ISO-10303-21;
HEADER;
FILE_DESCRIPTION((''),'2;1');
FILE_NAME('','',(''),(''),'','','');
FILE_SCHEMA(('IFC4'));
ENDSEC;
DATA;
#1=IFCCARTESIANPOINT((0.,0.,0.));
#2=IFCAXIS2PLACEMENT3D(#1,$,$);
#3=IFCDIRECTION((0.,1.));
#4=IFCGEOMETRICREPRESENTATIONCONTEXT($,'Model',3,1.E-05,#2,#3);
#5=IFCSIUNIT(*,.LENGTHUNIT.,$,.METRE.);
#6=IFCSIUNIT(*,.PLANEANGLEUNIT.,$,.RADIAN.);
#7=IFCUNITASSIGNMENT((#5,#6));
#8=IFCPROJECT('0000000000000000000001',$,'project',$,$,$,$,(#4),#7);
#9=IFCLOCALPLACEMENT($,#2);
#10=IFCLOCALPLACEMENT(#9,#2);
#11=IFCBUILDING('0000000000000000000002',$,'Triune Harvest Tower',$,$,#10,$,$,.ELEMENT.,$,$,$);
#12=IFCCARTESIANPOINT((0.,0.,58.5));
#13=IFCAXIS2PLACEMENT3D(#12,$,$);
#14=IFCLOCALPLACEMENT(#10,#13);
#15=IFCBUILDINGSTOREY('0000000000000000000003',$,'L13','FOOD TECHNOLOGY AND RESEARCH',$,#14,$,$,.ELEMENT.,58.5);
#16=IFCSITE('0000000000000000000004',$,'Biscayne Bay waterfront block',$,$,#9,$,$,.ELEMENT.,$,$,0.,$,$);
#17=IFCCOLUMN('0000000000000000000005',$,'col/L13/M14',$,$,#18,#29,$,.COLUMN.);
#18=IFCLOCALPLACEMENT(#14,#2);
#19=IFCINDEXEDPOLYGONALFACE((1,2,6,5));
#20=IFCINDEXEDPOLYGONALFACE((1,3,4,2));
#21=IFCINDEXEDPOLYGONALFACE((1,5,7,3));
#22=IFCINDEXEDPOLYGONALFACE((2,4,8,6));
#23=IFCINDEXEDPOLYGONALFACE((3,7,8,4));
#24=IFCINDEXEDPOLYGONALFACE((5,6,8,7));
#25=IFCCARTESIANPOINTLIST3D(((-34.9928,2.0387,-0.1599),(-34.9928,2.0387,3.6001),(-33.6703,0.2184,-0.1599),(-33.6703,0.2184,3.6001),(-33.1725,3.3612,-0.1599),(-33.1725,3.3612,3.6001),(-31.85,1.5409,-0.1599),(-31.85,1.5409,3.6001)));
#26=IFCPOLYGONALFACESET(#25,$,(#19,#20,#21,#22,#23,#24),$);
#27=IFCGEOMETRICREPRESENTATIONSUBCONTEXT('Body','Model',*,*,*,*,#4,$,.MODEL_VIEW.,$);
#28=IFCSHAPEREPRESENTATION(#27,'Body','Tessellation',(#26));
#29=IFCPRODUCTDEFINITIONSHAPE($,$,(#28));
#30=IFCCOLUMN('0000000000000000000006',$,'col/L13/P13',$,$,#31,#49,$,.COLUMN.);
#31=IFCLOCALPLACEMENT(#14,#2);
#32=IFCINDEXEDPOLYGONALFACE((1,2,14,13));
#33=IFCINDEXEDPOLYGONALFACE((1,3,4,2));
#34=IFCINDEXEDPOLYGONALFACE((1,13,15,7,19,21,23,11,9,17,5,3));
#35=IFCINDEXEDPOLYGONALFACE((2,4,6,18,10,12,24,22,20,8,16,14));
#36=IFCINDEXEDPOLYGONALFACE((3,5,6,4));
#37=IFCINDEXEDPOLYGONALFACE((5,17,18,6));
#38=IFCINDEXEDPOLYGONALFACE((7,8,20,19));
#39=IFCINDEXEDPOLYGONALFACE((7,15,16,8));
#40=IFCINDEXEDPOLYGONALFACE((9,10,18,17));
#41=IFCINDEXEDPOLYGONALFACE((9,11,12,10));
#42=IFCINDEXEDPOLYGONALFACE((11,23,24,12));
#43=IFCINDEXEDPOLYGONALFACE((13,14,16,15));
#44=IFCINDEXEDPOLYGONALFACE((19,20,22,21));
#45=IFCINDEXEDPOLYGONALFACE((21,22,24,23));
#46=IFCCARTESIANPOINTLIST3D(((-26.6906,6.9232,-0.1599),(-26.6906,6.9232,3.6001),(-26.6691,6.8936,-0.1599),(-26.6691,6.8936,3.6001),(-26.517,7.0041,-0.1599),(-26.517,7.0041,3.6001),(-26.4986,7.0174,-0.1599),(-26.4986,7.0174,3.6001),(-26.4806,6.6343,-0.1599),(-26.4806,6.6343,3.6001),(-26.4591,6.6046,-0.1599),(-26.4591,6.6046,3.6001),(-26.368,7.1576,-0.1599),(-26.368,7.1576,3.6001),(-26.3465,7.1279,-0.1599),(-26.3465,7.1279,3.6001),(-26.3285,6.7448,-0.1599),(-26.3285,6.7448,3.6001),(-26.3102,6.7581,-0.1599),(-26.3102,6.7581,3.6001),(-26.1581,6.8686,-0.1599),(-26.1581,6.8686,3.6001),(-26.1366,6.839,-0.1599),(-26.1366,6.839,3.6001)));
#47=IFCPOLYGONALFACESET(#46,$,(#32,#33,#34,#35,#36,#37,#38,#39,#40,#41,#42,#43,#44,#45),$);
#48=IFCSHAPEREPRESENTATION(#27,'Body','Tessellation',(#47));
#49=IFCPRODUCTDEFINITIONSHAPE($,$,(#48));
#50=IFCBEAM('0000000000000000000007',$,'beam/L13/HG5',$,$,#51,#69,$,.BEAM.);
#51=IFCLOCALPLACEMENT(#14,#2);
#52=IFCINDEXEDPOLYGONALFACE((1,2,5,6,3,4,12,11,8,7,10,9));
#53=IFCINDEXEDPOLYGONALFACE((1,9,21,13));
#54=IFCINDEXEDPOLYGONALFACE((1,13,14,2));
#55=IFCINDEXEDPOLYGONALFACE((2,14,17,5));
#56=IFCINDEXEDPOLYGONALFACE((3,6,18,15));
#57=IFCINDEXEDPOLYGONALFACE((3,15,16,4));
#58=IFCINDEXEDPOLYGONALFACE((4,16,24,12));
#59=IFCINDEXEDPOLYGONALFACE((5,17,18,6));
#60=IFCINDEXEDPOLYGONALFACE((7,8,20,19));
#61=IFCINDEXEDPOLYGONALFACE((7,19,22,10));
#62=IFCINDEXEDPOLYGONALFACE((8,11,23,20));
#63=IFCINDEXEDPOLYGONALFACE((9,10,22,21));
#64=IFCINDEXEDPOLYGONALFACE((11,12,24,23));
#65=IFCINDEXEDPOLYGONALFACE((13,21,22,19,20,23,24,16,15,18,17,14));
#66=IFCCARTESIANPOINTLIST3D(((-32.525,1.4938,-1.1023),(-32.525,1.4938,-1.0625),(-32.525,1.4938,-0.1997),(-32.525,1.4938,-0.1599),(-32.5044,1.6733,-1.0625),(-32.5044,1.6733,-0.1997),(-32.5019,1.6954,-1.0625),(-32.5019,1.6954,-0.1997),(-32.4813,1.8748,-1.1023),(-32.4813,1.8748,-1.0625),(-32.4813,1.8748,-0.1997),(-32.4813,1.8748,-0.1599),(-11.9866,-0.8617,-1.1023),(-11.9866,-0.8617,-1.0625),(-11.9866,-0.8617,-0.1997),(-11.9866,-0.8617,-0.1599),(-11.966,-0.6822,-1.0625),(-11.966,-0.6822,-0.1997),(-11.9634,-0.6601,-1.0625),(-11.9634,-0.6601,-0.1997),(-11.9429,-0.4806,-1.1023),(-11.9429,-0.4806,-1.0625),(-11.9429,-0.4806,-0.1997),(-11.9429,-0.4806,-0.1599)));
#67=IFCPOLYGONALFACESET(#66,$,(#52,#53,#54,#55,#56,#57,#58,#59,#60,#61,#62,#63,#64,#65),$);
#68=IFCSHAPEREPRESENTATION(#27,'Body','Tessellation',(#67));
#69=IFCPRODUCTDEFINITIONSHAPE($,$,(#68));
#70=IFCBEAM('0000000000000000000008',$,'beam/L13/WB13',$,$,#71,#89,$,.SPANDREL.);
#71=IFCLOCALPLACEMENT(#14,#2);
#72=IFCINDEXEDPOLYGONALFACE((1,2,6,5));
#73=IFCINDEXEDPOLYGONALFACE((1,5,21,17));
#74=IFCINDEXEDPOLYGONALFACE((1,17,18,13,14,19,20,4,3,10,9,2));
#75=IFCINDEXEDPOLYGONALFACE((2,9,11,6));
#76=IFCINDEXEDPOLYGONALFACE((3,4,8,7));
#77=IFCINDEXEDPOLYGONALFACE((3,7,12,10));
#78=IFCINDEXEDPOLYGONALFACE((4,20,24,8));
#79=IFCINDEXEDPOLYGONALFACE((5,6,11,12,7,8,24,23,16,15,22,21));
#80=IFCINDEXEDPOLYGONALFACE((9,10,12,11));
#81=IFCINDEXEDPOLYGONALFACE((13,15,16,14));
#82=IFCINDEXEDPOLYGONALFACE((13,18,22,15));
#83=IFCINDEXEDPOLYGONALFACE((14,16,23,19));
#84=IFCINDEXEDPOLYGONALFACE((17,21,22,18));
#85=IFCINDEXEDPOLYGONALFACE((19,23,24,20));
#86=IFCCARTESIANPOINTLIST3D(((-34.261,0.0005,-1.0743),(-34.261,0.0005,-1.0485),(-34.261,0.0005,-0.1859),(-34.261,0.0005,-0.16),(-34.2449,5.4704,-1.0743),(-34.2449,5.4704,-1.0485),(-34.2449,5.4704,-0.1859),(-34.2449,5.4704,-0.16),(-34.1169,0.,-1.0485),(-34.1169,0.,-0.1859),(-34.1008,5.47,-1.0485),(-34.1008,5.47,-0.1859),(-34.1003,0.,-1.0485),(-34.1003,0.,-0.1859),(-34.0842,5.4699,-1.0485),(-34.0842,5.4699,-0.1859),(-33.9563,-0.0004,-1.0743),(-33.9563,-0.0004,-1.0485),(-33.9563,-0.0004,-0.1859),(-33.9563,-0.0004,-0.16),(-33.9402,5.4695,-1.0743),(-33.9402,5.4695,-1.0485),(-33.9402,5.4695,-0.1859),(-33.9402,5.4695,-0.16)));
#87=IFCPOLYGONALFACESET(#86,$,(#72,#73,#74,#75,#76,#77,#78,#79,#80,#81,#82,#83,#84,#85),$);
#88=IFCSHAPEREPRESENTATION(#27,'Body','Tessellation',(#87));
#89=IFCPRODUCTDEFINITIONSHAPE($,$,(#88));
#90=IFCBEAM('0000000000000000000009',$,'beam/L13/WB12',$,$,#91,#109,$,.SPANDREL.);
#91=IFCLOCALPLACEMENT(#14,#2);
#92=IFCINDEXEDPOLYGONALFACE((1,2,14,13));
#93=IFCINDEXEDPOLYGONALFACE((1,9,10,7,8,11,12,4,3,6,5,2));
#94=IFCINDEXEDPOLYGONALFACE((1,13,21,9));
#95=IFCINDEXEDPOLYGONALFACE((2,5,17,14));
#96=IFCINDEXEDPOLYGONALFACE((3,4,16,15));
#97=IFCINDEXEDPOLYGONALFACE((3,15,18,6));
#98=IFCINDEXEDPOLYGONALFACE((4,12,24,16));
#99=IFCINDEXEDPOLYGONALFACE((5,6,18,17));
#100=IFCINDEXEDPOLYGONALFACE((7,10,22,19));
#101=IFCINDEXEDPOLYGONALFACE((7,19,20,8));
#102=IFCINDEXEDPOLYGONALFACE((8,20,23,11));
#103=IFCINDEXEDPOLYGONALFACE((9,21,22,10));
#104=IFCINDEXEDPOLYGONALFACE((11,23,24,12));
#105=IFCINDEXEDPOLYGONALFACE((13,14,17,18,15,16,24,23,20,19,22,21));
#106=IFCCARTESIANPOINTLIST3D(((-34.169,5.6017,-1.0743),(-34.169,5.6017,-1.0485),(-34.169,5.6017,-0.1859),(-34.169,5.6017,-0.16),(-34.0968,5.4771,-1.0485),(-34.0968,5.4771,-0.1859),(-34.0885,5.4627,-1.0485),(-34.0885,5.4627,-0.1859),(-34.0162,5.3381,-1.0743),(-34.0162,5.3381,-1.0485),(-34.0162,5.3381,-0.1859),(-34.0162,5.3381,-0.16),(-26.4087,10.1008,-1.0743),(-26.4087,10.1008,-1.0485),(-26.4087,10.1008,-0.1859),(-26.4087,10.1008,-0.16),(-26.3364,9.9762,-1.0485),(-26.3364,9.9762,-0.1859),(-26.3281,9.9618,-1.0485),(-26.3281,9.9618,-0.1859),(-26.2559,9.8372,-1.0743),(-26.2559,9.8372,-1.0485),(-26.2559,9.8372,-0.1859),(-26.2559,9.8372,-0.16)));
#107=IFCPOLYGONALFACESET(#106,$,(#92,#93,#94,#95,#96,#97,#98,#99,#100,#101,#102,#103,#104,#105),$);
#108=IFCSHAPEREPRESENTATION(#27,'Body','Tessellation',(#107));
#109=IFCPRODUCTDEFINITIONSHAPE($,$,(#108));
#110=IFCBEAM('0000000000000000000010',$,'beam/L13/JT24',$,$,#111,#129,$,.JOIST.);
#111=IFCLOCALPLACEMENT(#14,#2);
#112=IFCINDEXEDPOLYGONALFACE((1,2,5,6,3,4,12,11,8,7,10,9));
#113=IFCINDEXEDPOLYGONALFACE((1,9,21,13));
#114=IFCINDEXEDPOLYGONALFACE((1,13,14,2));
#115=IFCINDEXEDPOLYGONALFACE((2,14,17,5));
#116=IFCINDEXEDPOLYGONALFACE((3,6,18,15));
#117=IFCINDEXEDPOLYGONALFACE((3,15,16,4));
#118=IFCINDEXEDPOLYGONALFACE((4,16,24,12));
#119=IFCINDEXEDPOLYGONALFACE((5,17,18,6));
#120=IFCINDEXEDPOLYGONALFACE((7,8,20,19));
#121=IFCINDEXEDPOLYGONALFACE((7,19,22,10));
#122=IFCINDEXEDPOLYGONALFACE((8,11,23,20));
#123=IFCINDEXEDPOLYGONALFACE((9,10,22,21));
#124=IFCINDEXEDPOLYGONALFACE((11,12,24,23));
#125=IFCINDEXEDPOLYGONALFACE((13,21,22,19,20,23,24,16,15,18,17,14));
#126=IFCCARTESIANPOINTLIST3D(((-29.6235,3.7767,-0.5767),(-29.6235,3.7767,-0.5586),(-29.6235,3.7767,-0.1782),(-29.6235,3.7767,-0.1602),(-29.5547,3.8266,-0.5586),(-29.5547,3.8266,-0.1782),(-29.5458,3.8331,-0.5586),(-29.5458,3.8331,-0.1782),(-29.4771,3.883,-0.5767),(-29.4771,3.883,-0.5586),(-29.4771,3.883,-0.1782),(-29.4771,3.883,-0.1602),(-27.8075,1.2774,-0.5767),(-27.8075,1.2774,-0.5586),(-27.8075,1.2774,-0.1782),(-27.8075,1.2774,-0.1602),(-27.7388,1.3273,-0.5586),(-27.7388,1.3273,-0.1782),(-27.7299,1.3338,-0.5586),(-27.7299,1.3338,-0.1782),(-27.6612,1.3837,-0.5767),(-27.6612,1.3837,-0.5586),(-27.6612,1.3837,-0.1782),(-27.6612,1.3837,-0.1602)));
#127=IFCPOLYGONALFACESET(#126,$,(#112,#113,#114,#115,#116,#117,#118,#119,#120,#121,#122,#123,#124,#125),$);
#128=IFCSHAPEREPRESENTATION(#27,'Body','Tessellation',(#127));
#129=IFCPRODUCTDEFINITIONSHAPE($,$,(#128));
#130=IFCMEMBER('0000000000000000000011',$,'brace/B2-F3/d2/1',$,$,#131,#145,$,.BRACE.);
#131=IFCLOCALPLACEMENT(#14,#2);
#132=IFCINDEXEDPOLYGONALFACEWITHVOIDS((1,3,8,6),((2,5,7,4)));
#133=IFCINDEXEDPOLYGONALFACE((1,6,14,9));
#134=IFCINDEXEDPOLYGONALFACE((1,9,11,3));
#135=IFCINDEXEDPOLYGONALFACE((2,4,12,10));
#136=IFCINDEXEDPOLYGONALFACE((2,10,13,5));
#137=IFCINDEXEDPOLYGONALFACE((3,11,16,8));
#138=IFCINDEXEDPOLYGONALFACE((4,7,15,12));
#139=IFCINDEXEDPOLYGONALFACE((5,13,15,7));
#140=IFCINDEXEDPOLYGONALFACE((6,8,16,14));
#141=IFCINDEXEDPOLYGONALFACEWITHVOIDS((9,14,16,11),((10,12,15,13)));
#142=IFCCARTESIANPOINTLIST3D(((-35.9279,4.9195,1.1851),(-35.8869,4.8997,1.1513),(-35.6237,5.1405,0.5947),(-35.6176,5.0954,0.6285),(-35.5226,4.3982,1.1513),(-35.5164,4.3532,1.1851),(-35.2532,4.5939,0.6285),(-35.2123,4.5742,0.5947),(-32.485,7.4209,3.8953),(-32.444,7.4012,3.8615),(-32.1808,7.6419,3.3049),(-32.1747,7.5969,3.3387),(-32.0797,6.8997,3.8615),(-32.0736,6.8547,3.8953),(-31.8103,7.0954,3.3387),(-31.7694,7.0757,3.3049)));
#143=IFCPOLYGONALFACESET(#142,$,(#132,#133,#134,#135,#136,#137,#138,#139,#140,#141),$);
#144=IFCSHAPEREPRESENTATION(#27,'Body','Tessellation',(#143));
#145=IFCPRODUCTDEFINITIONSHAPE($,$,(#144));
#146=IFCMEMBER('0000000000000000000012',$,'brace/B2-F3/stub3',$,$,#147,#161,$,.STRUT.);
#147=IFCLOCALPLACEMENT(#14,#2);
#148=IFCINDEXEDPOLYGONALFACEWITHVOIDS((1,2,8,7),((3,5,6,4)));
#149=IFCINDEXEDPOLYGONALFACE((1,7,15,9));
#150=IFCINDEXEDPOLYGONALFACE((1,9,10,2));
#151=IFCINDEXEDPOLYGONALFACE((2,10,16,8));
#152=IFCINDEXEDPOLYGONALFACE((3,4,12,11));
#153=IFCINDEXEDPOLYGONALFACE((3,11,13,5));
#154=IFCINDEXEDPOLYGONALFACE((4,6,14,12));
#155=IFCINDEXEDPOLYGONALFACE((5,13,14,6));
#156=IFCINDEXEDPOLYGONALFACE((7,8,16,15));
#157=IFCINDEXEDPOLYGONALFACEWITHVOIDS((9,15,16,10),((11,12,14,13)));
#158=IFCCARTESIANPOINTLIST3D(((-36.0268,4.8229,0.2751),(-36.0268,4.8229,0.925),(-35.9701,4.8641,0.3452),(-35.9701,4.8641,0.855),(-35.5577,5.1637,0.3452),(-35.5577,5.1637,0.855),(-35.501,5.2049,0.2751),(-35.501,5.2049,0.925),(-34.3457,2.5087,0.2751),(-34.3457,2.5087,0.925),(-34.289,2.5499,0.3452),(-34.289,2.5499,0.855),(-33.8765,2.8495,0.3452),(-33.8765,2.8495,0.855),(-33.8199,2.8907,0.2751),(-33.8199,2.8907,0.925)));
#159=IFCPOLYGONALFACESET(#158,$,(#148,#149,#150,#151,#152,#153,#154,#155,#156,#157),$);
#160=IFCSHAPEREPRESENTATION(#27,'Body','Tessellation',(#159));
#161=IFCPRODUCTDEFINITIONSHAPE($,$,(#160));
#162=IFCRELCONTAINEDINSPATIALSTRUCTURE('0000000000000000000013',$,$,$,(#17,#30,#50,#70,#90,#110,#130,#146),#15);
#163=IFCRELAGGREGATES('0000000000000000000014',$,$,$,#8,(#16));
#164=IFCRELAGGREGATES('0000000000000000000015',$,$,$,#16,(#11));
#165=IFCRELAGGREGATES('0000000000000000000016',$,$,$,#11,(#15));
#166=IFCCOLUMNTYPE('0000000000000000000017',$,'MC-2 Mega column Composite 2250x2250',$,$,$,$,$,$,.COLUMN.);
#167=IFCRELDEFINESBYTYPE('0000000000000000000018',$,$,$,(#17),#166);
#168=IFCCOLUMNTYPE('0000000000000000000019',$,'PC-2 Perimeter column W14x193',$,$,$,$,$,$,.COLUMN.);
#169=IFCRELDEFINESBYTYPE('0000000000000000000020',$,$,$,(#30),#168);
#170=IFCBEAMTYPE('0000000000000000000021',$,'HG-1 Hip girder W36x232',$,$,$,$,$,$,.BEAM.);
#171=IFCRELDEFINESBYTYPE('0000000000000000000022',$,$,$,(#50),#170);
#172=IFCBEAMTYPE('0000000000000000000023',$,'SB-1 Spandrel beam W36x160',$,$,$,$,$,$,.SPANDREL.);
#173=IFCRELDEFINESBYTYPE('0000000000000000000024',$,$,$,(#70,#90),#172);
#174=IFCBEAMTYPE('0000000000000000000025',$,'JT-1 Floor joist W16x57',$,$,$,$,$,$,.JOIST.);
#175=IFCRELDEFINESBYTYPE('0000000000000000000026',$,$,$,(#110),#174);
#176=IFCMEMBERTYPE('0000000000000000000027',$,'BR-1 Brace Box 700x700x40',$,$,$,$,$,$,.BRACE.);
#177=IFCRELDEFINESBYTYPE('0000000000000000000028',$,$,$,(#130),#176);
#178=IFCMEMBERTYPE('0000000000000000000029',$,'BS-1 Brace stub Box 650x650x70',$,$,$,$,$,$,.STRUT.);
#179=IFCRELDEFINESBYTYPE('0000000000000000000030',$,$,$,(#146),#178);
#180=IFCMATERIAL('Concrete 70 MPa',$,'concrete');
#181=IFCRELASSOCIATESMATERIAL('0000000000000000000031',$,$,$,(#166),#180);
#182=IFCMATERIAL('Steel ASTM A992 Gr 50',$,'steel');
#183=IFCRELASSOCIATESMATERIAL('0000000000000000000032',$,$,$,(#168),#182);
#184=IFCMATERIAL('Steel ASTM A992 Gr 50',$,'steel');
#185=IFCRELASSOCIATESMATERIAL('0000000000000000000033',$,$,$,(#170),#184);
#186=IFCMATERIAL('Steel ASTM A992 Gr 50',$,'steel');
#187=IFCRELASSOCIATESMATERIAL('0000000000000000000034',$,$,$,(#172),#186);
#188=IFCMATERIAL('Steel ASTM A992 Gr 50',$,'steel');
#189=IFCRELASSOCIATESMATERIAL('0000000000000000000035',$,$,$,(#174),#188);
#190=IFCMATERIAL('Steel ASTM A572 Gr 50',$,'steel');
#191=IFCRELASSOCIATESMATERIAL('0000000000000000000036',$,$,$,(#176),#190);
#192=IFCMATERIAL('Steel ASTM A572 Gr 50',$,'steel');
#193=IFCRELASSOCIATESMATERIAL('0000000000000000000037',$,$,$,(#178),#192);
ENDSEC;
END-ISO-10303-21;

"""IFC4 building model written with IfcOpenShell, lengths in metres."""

from ifc_helpers import new_model, si_unit, direction, frame, origin, origin_2d, place, context, subcontext, project, spatial, rectangle, hollow_rectangle, i_section, extrude, source, transform, mapped, material, material_profile, profile_set, type_object, element, save


model = new_model("IFC4")

# Units and contexts
model_context = context("Model", 3, precision=1e-05, world=origin(), true_north=direction((0.0, 1.0)))
body_context = subcontext(model_context, "Body", "Model", "MODEL_VIEW")
ifc_project = project(units=[si_unit("LENGTHUNIT", "METRE"), si_unit("PLANEANGLEUNIT", "RADIAN")], contexts=[model_context])

# Site, building, storey
site_placement = place(None, origin())
site = spatial("IfcSite", under=ifc_project, at=site_placement, Name="Biscayne Bay waterfront block", CompositionType="ELEMENT", RefElevation=0.0)
building_placement = place(site_placement, origin())
building = spatial("IfcBuilding", under=site, at=building_placement, Name="Triune Harvest Tower", CompositionType="ELEMENT")
storey_placement = place(building_placement, frame((0.0, 0.0, 58.5)))
storey = spatial("IfcBuildingStorey", under=building, at=storey_placement, Name="L13", Description="FOOD TECHNOLOGY AND RESEARCH", CompositionType="ELEMENT", Elevation=58.5)

# Columns
ifc_material_1 = material(Name="Concrete 70 MPa", Category="concrete")
ifc_material_profile_1 = material_profile(ifc_material_1, rectangle(XDim=2.25, YDim=2.25, at=origin_2d()), Name="Composite 2250x2250")
ifc_profile_set_1 = profile_set([ifc_material_profile_1], Name="Concrete 70 MPa")
column_type_1 = type_object("IfcColumnType", Name="MC-2 Mega column Composite 2250x2250", PredefinedType="COLUMN", material=ifc_profile_set_1)
shared_shape_1 = source(origin(), body_context, "Body", "SweptSolid", [
    extrude(rectangle(XDim=2.25, YDim=2.25, at=origin_2d()), origin(), (0.0, 0.0, 1.0), 3.76),
])
column_1_placement = place(storey_placement, frame((-33.4214, 1.7898, -0.1599), z_axis=(0.0, 0.0, 1.0), x_axis=(-0.809017, -0.587785, 0.0)))
element("IfcColumn", 1, at=column_1_placement, inside=storey, type_object=column_type_1, Name="col/L13/M14", PredefinedType="COLUMN", context=body_context, shape_type="MappedRepresentation", body=[
    mapped(shared_shape_1, transform((0.0, 0.0, 0.0), scale=1.0)),
])
ifc_material_2 = material(Name="Steel ASTM A992 Gr 50", Category="steel")
ifc_material_profile_2 = material_profile(ifc_material_2, i_section(OverallWidth=0.3987, OverallDepth=0.3938, WebThickness=0.0227, FlangeThickness=0.0366, at=origin_2d()), Name="W14x193")
ifc_profile_set_2 = profile_set([ifc_material_profile_2], Name="Steel ASTM A992 Gr 50")
column_type_2 = type_object("IfcColumnType", Name="PC-2 Perimeter column W14x193", PredefinedType="COLUMN", material=ifc_profile_set_2)
shared_shape_2 = source(origin(), body_context, "Body", "SweptSolid", [
    extrude(i_section(OverallWidth=0.3987, OverallDepth=0.3938, WebThickness=0.0227, FlangeThickness=0.0366, at=origin_2d()), origin(), (0.0, 0.0, 1.0), 3.76),
])
column_2_placement = place(storey_placement, frame((-26.4136, 6.8811, -0.1599), z_axis=(0.0, 0.0, 1.0), x_axis=(-0.809017, -0.587785, 0.0)))
element("IfcColumn", 2, at=column_2_placement, inside=storey, type_object=column_type_2, Name="col/L13/P13", PredefinedType="COLUMN", context=body_context, shape_type="MappedRepresentation", body=[
    mapped(shared_shape_2, transform((0.0, 0.0, 0.0), scale=1.0)),
])

# Beams
ifc_material_3 = material(Name="Steel ASTM A992 Gr 50", Category="steel")
ifc_material_profile_3 = material_profile(ifc_material_3, i_section(OverallWidth=0.3835, OverallDepth=0.9424, WebThickness=0.0222, FlangeThickness=0.0398, at=origin_2d()), Name="W36x232")
ifc_profile_set_3 = profile_set([ifc_material_profile_3], Name="Steel ASTM A992 Gr 50")
beam_type_1 = type_object("IfcBeamType", Name="HG-1 Hip girder W36x232", PredefinedType="BEAM", material=ifc_profile_set_3)
beam_1_placement = place(storey_placement, frame((-32.5032, 1.6843, -0.6311), z_axis=(0.993488, -0.113938, 0.0), x_axis=(0.113938, 0.993488, 0.0)))
element("IfcBeam", 3, at=beam_1_placement, inside=storey, type_object=beam_type_1, Name="beam/L13/HG5", PredefinedType="BEAM", context=body_context, shape_type="SweptSolid", body=[
    extrude(i_section(OverallWidth=0.3835, OverallDepth=0.9424, WebThickness=0.0222, FlangeThickness=0.0398, at=origin_2d()), origin(), (0.0, 0.0, 1.0), 20.6731),
])
ifc_material_4 = material(Name="Steel ASTM A992 Gr 50", Category="steel")
ifc_material_profile_4 = material_profile(ifc_material_4, i_section(OverallWidth=0.3047, OverallDepth=0.9143, WebThickness=0.0166, FlangeThickness=0.0259, at=origin_2d()), Name="W36x160")
ifc_profile_set_4 = profile_set([ifc_material_profile_4], Name="Steel ASTM A992 Gr 50")
beam_type_2 = type_object("IfcBeamType", Name="SB-1 Spandrel beam W36x160", PredefinedType="SPANDREL", material=ifc_profile_set_4)
shared_shape_3 = source(origin(), body_context, "Body", "SweptSolid", [
    extrude(i_section(OverallWidth=0.3047, OverallDepth=0.9143, WebThickness=0.0166, FlangeThickness=0.0259, at=origin_2d()), origin(), (0.0, 0.0, 1.0), 5.47),
])
beam_2_placement = place(storey_placement, frame((-34.0925, 5.47, -0.6172), z_axis=(-0.002946, -0.999996, 0.0), x_axis=(0.999996, -0.002946, 0.0)))
element("IfcBeam", 4, at=beam_2_placement, inside=storey, type_object=beam_type_2, Name="beam/L13/WB13", PredefinedType="SPANDREL", context=body_context, shape_type="MappedRepresentation", body=[
    mapped(shared_shape_3, transform((0.0, 0.0, 0.0), scale=1.0)),
])
shared_shape_4 = source(origin(), body_context, "Body", "SweptSolid", [
    extrude(i_section(OverallWidth=0.3047, OverallDepth=0.9143, WebThickness=0.0166, FlangeThickness=0.0259, at=origin_2d()), origin(), (0.0, 0.0, 1.0), 8.9702),
])
beam_3_placement = place(storey_placement, frame((-26.3323, 9.969, -0.6172), z_axis=(-0.865124, -0.501558, 0.0), x_axis=(0.501558, -0.865124, 0.0)))
element("IfcBeam", 5, at=beam_3_placement, inside=storey, type_object=beam_type_2, Name="beam/L13/WB12", PredefinedType="SPANDREL", context=body_context, shape_type="MappedRepresentation", body=[
    mapped(shared_shape_4, transform((0.0, 0.0, 0.0), scale=1.0)),
])
ifc_material_5 = material(Name="Steel ASTM A992 Gr 50", Category="steel")
ifc_material_profile_5 = material_profile(ifc_material_5, i_section(OverallWidth=0.1809, OverallDepth=0.4165, WebThickness=0.011, FlangeThickness=0.0181, at=origin_2d()), Name="W16x57")
ifc_profile_set_5 = profile_set([ifc_material_profile_5], Name="Steel ASTM A992 Gr 50")
beam_type_3 = type_object("IfcBeamType", Name="JT-1 Floor joist W16x57", PredefinedType="JOIST", material=ifc_profile_set_5)
shared_shape_5 = source(origin(), body_context, "Body", "SweptSolid", [
    extrude(i_section(OverallWidth=0.1809, OverallDepth=0.4165, WebThickness=0.011, FlangeThickness=0.0181, at=origin_2d()), origin(), (0.0, 0.0, 1.0), 3.0894),
])
beam_4_placement = place(storey_placement, frame((-29.5503, 3.8298, -0.3684), z_axis=(0.587805, -0.809003, 0.0), x_axis=(0.809003, 0.587805, 0.0)))
element("IfcBeam", 6, at=beam_4_placement, inside=storey, type_object=beam_type_3, Name="beam/L13/JT24", PredefinedType="JOIST", context=body_context, shape_type="MappedRepresentation", body=[
    mapped(shared_shape_5, transform((0.0, 0.0, 0.0), scale=1.0)),
])

# Members
ifc_material_6 = material(Name="Steel ASTM A572 Gr 50", Category="steel")
ifc_material_profile_6 = material_profile(ifc_material_6, hollow_rectangle(XDim=0.7, YDim=0.7, WallThickness=0.04, at=origin_2d()), Name="Box 700x700x40")
ifc_profile_set_6 = profile_set([ifc_material_profile_6], Name="Steel ASTM A572 Gr 50")
member_type_1 = type_object("IfcMemberType", Name="BR-1 Brace Box 700x700x40", PredefinedType="BRACE", material=ifc_profile_set_6)
shared_shape_6 = source(origin(), body_context, "Body", "SweptSolid", [
    extrude(hollow_rectangle(XDim=0.7, YDim=0.7, WallThickness=0.04, at=origin_2d()), origin(), (0.0, 0.0, 1.0), 5.0454),
])
member_1_placement = place(storey_placement, frame((-35.5701, 4.7468, 0.8899), z_axis=(0.68238, 0.495793, 0.537165), x_axis=(-0.587796, 0.809009, 0.0)))
element("IfcMember", 7, at=member_1_placement, inside=storey, type_object=member_type_1, Name="brace/B2-F3/d2/1", PredefinedType="BRACE", context=body_context, shape_type="MappedRepresentation", body=[
    mapped(shared_shape_6, transform((0.0, 0.0, 0.0), scale=1.0)),
])
ifc_material_7 = material(Name="Steel ASTM A572 Gr 50", Category="steel")
ifc_material_profile_7 = material_profile(ifc_material_7, hollow_rectangle(XDim=0.6499, YDim=0.6499, WallThickness=0.0701, at=origin_2d()), Name="Box 650x650x70")
ifc_profile_set_7 = profile_set([ifc_material_profile_7], Name="Steel ASTM A572 Gr 50")
member_type_2 = type_object("IfcMemberType", Name="BS-1 Brace stub Box 650x650x70", PredefinedType="STRUT", material=ifc_profile_set_7)
shared_shape_7 = source(origin(), body_context, "Body", "SweptSolid", [
    extrude(hollow_rectangle(XDim=0.6499, YDim=0.6499, WallThickness=0.0701, at=origin_2d()), origin(), (0.0, 0.0, 1.0), 2.8604),
])
member_2_placement = place(storey_placement, frame((-34.0828, 2.6997, 0.6001), z_axis=(-0.587735, 0.809053, 0.0), x_axis=(-0.809053, -0.587735, 0.0)))
element("IfcMember", 8, at=member_2_placement, inside=storey, type_object=member_type_2, Name="brace/B2-F3/stub3", PredefinedType="STRUT", context=body_context, shape_type="MappedRepresentation", body=[
    mapped(shared_shape_7, transform((0.0, 0.0, 0.0), scale=1.0)),
])

save(model, "model.ifc")
